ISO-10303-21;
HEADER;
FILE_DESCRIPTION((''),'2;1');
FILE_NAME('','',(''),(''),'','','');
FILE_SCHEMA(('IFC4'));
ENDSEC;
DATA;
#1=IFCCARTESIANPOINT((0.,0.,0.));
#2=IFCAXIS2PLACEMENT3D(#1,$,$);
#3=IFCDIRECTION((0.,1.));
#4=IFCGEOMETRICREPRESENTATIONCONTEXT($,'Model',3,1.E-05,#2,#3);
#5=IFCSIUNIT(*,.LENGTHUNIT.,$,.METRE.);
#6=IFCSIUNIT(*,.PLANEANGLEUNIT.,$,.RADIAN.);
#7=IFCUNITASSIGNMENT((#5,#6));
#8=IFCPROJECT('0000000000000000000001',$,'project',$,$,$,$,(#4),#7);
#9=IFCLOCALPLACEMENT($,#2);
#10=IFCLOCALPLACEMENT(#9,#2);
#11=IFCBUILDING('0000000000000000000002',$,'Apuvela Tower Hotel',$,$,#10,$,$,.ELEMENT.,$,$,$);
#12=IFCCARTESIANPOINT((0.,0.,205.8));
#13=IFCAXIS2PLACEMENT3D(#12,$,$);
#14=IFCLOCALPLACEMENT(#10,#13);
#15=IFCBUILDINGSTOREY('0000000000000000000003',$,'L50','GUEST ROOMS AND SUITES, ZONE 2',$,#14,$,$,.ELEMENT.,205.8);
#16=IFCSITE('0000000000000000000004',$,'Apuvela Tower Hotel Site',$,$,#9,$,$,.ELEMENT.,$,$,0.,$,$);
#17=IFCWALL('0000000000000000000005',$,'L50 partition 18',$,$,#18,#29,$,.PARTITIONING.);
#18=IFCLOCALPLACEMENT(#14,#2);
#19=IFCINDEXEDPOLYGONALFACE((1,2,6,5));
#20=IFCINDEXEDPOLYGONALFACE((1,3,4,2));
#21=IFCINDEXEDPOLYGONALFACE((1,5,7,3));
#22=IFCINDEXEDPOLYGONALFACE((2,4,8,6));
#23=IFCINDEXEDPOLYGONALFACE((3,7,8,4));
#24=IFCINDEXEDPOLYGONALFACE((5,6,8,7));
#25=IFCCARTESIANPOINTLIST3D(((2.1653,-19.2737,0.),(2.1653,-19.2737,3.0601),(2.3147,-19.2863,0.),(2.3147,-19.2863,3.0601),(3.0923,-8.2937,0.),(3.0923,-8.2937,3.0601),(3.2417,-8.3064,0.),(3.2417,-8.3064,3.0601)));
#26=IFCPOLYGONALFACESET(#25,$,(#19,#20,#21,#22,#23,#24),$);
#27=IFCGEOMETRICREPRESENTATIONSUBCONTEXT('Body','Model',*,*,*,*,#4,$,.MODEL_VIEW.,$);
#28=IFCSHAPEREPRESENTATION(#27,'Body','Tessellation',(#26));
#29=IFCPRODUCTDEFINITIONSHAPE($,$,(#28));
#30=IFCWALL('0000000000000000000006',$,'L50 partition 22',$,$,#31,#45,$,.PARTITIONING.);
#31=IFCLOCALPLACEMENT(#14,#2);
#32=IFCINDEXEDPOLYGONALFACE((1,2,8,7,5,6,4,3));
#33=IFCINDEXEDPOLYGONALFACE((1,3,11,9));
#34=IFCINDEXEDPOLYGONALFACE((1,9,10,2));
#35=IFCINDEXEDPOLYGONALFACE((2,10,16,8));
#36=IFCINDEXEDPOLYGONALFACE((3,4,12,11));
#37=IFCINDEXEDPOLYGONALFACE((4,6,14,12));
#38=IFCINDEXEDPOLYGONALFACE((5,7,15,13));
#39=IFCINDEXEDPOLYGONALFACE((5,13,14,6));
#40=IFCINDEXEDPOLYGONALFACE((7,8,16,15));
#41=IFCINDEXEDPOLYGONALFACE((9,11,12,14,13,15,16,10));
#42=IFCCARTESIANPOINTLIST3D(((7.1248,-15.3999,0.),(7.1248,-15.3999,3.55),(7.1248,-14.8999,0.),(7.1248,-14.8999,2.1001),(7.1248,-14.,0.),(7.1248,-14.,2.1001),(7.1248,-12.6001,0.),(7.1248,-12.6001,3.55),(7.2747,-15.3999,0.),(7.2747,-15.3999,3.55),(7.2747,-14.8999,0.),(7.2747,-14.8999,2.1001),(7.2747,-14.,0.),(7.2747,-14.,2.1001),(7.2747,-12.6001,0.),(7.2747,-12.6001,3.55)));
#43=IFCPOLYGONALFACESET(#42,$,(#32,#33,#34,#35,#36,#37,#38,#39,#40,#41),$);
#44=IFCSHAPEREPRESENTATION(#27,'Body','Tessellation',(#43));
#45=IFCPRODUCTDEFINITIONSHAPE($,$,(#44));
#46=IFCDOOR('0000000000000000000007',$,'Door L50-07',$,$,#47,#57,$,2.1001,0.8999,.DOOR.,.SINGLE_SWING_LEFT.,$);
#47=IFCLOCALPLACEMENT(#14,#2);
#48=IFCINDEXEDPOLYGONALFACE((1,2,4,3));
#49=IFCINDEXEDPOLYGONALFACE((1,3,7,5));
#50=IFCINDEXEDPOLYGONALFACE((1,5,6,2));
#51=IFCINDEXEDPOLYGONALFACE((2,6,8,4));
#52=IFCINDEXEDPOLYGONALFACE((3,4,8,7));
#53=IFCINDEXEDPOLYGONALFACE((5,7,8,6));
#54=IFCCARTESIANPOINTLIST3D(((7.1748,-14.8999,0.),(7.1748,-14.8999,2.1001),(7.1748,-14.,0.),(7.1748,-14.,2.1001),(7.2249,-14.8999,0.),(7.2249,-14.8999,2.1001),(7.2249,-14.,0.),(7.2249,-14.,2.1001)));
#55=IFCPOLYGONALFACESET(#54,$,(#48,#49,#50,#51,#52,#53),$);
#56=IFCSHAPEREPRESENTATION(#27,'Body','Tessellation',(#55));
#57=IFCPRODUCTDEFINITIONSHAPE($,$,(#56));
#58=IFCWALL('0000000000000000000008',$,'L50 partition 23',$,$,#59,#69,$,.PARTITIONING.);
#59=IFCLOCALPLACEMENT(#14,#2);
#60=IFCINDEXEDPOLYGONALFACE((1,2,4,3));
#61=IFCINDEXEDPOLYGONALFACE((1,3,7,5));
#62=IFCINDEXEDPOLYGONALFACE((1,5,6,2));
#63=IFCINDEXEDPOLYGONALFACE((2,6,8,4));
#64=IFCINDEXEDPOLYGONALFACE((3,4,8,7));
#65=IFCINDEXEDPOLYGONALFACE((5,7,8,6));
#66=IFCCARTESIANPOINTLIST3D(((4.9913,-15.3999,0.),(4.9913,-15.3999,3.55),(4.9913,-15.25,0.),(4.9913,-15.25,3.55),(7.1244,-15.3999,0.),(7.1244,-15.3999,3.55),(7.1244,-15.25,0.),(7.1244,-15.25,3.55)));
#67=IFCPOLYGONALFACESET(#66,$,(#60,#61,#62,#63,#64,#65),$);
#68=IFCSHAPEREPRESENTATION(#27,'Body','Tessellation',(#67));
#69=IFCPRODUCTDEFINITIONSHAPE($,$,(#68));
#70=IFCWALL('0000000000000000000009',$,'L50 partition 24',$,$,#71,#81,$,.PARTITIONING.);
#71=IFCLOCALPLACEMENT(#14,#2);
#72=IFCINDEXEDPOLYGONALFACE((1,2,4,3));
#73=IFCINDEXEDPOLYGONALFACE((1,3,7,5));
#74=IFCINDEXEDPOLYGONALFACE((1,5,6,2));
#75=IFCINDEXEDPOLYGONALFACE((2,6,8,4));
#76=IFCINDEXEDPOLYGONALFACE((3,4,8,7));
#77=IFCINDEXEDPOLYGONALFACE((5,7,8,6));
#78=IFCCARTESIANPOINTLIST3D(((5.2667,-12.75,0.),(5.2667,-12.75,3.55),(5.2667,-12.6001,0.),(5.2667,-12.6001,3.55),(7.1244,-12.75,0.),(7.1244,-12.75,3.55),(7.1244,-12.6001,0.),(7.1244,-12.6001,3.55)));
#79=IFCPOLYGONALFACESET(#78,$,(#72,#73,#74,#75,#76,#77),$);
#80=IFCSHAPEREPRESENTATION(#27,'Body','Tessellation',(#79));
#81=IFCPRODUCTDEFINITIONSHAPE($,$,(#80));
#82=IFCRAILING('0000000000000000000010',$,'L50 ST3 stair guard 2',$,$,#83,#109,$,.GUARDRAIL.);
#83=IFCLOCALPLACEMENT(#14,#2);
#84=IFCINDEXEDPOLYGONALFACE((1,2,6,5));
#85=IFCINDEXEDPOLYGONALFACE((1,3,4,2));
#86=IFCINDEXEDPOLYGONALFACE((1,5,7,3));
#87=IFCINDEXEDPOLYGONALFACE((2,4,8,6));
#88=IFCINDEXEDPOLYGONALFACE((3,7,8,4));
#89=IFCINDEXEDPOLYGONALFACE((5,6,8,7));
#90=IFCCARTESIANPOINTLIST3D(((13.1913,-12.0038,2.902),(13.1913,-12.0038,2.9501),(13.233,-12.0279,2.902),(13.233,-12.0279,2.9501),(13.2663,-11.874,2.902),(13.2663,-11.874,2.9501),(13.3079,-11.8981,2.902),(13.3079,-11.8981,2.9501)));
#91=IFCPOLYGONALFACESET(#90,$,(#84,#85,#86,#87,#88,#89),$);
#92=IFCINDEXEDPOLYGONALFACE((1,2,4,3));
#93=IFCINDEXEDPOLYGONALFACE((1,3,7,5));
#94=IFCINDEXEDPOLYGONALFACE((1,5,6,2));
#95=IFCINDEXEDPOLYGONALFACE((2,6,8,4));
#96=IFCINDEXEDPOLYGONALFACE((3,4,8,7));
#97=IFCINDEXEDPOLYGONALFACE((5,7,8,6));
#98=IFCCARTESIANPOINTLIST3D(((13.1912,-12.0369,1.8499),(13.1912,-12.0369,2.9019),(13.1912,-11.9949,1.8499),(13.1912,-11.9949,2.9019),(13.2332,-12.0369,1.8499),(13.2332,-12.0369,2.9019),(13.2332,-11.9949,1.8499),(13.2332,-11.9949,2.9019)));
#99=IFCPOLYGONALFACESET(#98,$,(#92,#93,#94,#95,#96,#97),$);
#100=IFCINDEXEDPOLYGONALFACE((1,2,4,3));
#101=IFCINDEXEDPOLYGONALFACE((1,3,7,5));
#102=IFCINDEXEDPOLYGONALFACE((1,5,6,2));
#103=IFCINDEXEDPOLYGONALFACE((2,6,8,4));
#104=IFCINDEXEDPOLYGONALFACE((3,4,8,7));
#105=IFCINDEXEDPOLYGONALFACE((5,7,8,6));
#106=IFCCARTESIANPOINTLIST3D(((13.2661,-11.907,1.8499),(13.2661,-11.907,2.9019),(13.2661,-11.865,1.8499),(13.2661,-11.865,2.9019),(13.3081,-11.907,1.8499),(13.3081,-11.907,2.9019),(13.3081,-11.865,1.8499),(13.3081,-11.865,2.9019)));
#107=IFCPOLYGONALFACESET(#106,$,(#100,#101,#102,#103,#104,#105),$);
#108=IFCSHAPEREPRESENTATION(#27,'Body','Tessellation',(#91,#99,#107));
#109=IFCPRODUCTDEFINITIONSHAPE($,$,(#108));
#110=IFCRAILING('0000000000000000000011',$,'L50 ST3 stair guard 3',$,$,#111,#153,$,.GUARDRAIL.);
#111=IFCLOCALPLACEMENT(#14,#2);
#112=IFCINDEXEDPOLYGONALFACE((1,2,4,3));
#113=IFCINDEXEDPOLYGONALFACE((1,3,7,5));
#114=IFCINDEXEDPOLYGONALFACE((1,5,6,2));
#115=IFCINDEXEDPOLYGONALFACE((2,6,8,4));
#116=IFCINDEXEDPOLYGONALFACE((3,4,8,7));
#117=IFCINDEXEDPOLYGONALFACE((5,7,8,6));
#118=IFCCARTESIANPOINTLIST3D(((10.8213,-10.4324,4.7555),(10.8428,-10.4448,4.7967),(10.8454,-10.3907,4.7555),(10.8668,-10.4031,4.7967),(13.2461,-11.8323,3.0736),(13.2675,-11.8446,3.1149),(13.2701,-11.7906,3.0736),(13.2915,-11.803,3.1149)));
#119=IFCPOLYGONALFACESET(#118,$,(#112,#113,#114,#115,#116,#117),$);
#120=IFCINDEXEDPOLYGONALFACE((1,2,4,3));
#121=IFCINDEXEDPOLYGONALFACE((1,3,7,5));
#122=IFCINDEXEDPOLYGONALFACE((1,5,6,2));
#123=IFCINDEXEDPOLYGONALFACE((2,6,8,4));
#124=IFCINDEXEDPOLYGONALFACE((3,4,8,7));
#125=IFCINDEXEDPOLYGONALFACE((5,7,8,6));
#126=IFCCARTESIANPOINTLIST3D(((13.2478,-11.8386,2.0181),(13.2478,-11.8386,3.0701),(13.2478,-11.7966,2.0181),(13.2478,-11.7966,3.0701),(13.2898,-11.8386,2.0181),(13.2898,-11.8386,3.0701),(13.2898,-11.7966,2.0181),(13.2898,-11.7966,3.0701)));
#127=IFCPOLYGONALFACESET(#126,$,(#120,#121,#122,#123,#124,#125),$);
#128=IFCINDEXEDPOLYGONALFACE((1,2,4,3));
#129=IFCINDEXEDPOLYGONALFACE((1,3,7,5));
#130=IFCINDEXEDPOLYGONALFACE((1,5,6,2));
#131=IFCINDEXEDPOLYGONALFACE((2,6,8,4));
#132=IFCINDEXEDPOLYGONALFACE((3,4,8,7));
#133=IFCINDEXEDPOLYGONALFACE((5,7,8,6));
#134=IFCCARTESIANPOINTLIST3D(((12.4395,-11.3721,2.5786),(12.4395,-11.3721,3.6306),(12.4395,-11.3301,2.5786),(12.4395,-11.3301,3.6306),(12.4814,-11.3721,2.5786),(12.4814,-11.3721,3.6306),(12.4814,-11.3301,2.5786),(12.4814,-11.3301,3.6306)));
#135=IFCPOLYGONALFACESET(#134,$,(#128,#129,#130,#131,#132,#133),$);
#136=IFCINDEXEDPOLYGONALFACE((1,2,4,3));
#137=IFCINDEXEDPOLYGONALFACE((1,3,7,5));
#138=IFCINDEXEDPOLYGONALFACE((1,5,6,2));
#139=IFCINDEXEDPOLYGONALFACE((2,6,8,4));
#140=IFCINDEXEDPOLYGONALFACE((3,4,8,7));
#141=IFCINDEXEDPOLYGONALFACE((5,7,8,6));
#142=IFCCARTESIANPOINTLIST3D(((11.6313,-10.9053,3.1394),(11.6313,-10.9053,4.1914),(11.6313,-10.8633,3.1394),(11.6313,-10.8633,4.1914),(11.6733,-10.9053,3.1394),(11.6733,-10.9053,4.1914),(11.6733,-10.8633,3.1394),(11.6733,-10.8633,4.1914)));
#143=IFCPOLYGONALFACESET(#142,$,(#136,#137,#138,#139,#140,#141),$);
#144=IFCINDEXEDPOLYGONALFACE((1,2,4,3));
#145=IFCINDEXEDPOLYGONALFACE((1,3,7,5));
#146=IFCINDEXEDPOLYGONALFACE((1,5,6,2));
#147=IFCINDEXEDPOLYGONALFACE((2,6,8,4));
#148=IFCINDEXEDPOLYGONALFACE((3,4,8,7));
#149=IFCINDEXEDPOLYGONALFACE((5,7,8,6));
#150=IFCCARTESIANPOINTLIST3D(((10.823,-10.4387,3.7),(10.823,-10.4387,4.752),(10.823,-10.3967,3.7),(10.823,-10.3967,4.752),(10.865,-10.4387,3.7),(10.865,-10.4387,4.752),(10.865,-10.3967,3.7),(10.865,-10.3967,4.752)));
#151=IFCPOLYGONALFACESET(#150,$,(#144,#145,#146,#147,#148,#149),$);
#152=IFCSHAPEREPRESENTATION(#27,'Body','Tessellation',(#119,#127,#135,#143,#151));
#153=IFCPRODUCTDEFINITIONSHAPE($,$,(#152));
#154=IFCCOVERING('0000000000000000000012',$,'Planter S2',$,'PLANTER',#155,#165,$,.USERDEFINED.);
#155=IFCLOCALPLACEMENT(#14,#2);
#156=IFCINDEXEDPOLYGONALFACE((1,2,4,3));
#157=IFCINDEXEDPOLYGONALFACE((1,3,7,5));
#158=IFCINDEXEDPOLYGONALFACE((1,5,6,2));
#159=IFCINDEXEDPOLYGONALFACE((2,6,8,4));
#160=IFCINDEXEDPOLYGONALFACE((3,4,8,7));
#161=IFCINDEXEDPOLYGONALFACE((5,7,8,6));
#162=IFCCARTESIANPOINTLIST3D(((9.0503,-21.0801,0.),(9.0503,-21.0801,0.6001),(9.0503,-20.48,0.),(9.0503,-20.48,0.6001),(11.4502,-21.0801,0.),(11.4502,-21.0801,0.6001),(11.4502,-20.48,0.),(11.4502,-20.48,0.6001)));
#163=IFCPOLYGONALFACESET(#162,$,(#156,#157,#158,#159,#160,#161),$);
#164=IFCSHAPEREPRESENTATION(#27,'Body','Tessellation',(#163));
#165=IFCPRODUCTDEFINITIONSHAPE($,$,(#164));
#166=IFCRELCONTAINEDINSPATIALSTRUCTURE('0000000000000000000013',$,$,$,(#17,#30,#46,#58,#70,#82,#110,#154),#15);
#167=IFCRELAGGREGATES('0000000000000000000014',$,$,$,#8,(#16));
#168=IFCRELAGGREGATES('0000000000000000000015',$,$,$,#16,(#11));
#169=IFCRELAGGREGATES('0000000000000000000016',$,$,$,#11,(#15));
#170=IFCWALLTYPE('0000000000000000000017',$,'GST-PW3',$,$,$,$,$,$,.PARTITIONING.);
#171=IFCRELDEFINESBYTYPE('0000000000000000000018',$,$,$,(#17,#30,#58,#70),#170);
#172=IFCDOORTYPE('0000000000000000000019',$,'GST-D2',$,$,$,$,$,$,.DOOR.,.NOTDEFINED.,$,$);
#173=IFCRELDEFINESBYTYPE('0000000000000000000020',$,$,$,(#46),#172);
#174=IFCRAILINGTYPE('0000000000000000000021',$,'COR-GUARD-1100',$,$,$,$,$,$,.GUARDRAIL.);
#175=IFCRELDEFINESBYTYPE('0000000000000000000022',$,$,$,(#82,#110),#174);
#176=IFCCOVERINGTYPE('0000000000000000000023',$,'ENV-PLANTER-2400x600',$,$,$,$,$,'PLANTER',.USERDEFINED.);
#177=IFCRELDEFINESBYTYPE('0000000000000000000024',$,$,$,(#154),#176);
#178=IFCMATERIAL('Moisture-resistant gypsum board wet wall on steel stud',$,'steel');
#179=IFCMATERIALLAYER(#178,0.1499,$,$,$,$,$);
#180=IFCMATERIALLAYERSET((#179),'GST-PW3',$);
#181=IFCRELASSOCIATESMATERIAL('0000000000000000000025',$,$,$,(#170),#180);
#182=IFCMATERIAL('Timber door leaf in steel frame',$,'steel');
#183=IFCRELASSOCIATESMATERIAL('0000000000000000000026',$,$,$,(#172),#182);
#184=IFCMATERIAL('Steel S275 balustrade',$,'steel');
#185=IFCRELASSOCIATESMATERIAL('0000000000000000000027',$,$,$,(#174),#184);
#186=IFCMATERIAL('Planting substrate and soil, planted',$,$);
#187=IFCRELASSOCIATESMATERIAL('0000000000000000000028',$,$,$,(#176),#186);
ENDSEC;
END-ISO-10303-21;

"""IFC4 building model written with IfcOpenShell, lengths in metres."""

from ifc_helpers import new_model, si_unit, direction, frame, frame_2d, origin, origin_2d, place, context, subcontext, project, spatial, rectangle, extrude, material, layer, layer_set, type_object, element, fill, save


model = new_model("IFC4")

# Units and contexts
model_context = context("Model", 3, precision=1e-05, world=origin(), true_north=direction((0.0, 1.0)))
body_context = subcontext(model_context, "Body", "Model", "MODEL_VIEW")
ifc_project = project(units=[si_unit("LENGTHUNIT", "METRE"), si_unit("PLANEANGLEUNIT", "RADIAN")], contexts=[model_context])

# Site, building, storey
site_placement = place(None, origin())
site = spatial("IfcSite", under=ifc_project, at=site_placement, Name="Apuvela Tower Hotel Site", CompositionType="ELEMENT", RefElevation=0.0)
building_placement = place(site_placement, origin())
building = spatial("IfcBuilding", under=site, at=building_placement, Name="Apuvela Tower Hotel", CompositionType="ELEMENT")
storey_placement = place(building_placement, frame((0.0, 0.0, 205.8)))
storey = spatial("IfcBuildingStorey", under=building, at=storey_placement, Name="L50", Description="GUEST ROOMS AND SUITES, ZONE 2", CompositionType="ELEMENT", Elevation=205.8)

# Wall
ifc_material_1 = material(Name="Moisture-resistant gypsum board wet wall on steel stud", Category="steel")
ifc_layer_1 = layer(ifc_material_1, 0.1499)
ifc_layer_set_1 = layer_set([ifc_layer_1], Name="GST-PW3")
wall_type_1 = type_object("IfcWallType", Name="GST-PW3", PredefinedType="PARTITIONING", material=ifc_layer_set_1)
wall_1_placement = place(storey_placement, frame((2.24, -19.28, 0.0), z_axis=(0.0, 0.0, 1.0), x_axis=(0.084127, 0.996455, 0.0)))
element("IfcWall", 1, at=wall_1_placement, inside=storey, type_object=wall_type_1, Name="L50 partition 18", PredefinedType="PARTITIONING", context=body_context, shape_type="SweptSolid", body=[
    extrude(rectangle(XDim=11.019, YDim=0.1499, at=frame_2d((5.5095, 0.0))), origin(), (0.0, 0.0, 1.0), 3.0601),
])

# Wall, opening, door
wall_2_placement = place(storey_placement, frame((7.1997, -15.3999, 0.0), z_axis=(0.0, 0.0, 1.0), x_axis=(0.0, 1.0, 0.0)))
wall_2 = element("IfcWall", 2, at=wall_2_placement, inside=storey, type_object=wall_type_1, Name="L50 partition 22", PredefinedType="PARTITIONING", context=body_context, shape_type="SweptSolid", body=[
    extrude(rectangle(XDim=2.7998, YDim=0.1499, at=frame_2d((1.3999, 0.0))), origin(), (0.0, 0.0, 1.0), 3.55),
])
opening_1_placement = place(wall_2_placement, frame((0.5, 0.0, 0.0)))
opening_1 = element("IfcOpeningElement", 3, at=opening_1_placement, cuts=wall_2, PredefinedType="OPENING", context=body_context, shape_type="SweptSolid", body=[
    extrude(rectangle(XDim=0.8999, YDim=2.1001, at=frame_2d((0.45, 1.05))), frame((0.0, 0.085, 0.0), z_axis=(0.0, -1.0, 0.0), x_axis=(1.0, 0.0, 0.0)), (0.0, 0.0, 1.0), 0.1699),
])
ifc_material_2 = material(Name="Timber door leaf in steel frame", Category="steel")
door_type_1 = type_object("IfcDoorType", Name="GST-D2", OperationType="NOTDEFINED", PredefinedType="DOOR", material=ifc_material_2)
door_1_placement = place(opening_1_placement, origin())
door_1 = element("IfcDoor", 4, at=door_1_placement, inside=storey, type_object=door_type_1, Name="Door L50-07", OperationType="SINGLE_SWING_LEFT", OverallHeight=2.1001, OverallWidth=0.8999, PredefinedType="DOOR", context=body_context, shape_type="SweptSolid", body=[
    extrude(rectangle(XDim=0.8999, YDim=2.1001, at=frame_2d((0.45, 1.05))), frame((0.0, 0.0249, 0.0), z_axis=(0.0, -1.0, 0.0), x_axis=(1.0, 0.0, 0.0)), (0.0, 0.0, 1.0), 0.05),
])
fill(opening_1, door_1)

# Walls
wall_3_placement = place(storey_placement, frame((4.9915, -15.325, 0.0), z_axis=(0.0, 0.0, 1.0), x_axis=(1.0, 0.0, 0.0)))
element("IfcWall", 5, at=wall_3_placement, inside=storey, type_object=wall_type_1, Name="L50 partition 23", PredefinedType="PARTITIONING", context=body_context, shape_type="SweptSolid", body=[
    extrude(rectangle(XDim=2.1331, YDim=0.1499, at=frame_2d((1.0664, 0.0))), origin(), (0.0, 0.0, 1.0), 3.55),
])
wall_4_placement = place(storey_placement, frame((5.2668, -12.675, 0.0), z_axis=(0.0, 0.0, 1.0), x_axis=(1.0, 0.0, 0.0)))
element("IfcWall", 6, at=wall_4_placement, inside=storey, type_object=wall_type_1, Name="L50 partition 24", PredefinedType="PARTITIONING", context=body_context, shape_type="SweptSolid", body=[
    extrude(rectangle(XDim=1.8577, YDim=0.1499, at=frame_2d((0.9287, 0.0))), origin(), (0.0, 0.0, 1.0), 3.55),
])

# Railings
ifc_material_3 = material(Name="Steel S275 balustrade", Category="steel")
railing_type = type_object("IfcRailingType", Name="COR-GUARD-1100", PredefinedType="GUARDRAIL", material=ifc_material_3)
railing_1_placement = place(storey_placement, frame((13.2122, -12.0159, 1.8499)))
element("IfcRailing", 7, at=railing_1_placement, inside=storey, type_object=railing_type, Name="L50 ST3 stair guard 2", PredefinedType="GUARDRAIL", context=body_context, shape_type="SweptSolid", body=[
    extrude(rectangle(XDim=0.0481, YDim=0.0481, at=origin_2d()), frame((0.0, 0.0, 1.0762), z_axis=(0.499816, 0.866131, 0.0), x_axis=(-0.866131, 0.499816, 0.0)), (0.0, 0.0, 1.0), 0.1499),
    extrude(rectangle(XDim=0.042, YDim=0.042, at=origin_2d()), origin(), (0.0, 0.0, 1.0), 1.052),
    extrude(rectangle(XDim=0.042, YDim=0.042, at=origin_2d()), frame((0.075, 0.1299, 0.0)), (0.0, 0.0, 1.0), 1.052),
])
railing_2_placement = place(storey_placement, frame((13.2688, -11.8176, 2.0181)))
element("IfcRailing", 8, at=railing_2_placement, inside=storey, type_object=railing_type, Name="L50 ST3 stair guard 3", PredefinedType="GUARDRAIL", context=body_context, shape_type="SweptSolid", body=[
    extrude(rectangle(XDim=0.0481, YDim=0.0481, at=origin_2d()), frame((0.0, 0.0, 1.0762), z_axis=(-0.74239, 0.428601, 0.514934), x_axis=(-0.499984, -0.866035, 0.0)), (0.0, 0.0, 1.0), 3.2661),
    extrude(rectangle(XDim=0.042, YDim=0.042, at=origin_2d()), origin(), (0.0, 0.0, 1.0), 1.052),
    extrude(rectangle(XDim=0.042, YDim=0.042, at=origin_2d()), frame((-0.8083, 0.4666, 0.5605)), (0.0, 0.0, 1.0), 1.052),
    extrude(rectangle(XDim=0.042, YDim=0.042, at=origin_2d()), frame((-1.6165, 0.9333, 1.1213)), (0.0, 0.0, 1.0), 1.052),
    extrude(rectangle(XDim=0.042, YDim=0.042, at=origin_2d()), frame((-2.4248, 1.3999, 1.6819)), (0.0, 0.0, 1.0), 1.052),
])

# Covering
ifc_material_4 = material(Name="Planting substrate and soil, planted")
covering_type = type_object("IfcCoveringType", Name="ENV-PLANTER-2400x600", ElementType="PLANTER", PredefinedType="USERDEFINED", material=ifc_material_4)
covering_placement = place(storey_placement, frame((10.2502, -20.78, 0.0), z_axis=(0.0, 0.0, 1.0), x_axis=(1.0, 0.0, 0.0)))
element("IfcCovering", 9, at=covering_placement, inside=storey, type_object=covering_type, Name="Planter S2", ObjectType="PLANTER", PredefinedType="USERDEFINED", context=body_context, shape_type="SweptSolid", body=[
    extrude(rectangle(XDim=2.3999, YDim=0.6001, at=origin_2d()), origin(), (0.0, 0.0, 1.0), 0.6001),
])

save(model, "model.ifc")
